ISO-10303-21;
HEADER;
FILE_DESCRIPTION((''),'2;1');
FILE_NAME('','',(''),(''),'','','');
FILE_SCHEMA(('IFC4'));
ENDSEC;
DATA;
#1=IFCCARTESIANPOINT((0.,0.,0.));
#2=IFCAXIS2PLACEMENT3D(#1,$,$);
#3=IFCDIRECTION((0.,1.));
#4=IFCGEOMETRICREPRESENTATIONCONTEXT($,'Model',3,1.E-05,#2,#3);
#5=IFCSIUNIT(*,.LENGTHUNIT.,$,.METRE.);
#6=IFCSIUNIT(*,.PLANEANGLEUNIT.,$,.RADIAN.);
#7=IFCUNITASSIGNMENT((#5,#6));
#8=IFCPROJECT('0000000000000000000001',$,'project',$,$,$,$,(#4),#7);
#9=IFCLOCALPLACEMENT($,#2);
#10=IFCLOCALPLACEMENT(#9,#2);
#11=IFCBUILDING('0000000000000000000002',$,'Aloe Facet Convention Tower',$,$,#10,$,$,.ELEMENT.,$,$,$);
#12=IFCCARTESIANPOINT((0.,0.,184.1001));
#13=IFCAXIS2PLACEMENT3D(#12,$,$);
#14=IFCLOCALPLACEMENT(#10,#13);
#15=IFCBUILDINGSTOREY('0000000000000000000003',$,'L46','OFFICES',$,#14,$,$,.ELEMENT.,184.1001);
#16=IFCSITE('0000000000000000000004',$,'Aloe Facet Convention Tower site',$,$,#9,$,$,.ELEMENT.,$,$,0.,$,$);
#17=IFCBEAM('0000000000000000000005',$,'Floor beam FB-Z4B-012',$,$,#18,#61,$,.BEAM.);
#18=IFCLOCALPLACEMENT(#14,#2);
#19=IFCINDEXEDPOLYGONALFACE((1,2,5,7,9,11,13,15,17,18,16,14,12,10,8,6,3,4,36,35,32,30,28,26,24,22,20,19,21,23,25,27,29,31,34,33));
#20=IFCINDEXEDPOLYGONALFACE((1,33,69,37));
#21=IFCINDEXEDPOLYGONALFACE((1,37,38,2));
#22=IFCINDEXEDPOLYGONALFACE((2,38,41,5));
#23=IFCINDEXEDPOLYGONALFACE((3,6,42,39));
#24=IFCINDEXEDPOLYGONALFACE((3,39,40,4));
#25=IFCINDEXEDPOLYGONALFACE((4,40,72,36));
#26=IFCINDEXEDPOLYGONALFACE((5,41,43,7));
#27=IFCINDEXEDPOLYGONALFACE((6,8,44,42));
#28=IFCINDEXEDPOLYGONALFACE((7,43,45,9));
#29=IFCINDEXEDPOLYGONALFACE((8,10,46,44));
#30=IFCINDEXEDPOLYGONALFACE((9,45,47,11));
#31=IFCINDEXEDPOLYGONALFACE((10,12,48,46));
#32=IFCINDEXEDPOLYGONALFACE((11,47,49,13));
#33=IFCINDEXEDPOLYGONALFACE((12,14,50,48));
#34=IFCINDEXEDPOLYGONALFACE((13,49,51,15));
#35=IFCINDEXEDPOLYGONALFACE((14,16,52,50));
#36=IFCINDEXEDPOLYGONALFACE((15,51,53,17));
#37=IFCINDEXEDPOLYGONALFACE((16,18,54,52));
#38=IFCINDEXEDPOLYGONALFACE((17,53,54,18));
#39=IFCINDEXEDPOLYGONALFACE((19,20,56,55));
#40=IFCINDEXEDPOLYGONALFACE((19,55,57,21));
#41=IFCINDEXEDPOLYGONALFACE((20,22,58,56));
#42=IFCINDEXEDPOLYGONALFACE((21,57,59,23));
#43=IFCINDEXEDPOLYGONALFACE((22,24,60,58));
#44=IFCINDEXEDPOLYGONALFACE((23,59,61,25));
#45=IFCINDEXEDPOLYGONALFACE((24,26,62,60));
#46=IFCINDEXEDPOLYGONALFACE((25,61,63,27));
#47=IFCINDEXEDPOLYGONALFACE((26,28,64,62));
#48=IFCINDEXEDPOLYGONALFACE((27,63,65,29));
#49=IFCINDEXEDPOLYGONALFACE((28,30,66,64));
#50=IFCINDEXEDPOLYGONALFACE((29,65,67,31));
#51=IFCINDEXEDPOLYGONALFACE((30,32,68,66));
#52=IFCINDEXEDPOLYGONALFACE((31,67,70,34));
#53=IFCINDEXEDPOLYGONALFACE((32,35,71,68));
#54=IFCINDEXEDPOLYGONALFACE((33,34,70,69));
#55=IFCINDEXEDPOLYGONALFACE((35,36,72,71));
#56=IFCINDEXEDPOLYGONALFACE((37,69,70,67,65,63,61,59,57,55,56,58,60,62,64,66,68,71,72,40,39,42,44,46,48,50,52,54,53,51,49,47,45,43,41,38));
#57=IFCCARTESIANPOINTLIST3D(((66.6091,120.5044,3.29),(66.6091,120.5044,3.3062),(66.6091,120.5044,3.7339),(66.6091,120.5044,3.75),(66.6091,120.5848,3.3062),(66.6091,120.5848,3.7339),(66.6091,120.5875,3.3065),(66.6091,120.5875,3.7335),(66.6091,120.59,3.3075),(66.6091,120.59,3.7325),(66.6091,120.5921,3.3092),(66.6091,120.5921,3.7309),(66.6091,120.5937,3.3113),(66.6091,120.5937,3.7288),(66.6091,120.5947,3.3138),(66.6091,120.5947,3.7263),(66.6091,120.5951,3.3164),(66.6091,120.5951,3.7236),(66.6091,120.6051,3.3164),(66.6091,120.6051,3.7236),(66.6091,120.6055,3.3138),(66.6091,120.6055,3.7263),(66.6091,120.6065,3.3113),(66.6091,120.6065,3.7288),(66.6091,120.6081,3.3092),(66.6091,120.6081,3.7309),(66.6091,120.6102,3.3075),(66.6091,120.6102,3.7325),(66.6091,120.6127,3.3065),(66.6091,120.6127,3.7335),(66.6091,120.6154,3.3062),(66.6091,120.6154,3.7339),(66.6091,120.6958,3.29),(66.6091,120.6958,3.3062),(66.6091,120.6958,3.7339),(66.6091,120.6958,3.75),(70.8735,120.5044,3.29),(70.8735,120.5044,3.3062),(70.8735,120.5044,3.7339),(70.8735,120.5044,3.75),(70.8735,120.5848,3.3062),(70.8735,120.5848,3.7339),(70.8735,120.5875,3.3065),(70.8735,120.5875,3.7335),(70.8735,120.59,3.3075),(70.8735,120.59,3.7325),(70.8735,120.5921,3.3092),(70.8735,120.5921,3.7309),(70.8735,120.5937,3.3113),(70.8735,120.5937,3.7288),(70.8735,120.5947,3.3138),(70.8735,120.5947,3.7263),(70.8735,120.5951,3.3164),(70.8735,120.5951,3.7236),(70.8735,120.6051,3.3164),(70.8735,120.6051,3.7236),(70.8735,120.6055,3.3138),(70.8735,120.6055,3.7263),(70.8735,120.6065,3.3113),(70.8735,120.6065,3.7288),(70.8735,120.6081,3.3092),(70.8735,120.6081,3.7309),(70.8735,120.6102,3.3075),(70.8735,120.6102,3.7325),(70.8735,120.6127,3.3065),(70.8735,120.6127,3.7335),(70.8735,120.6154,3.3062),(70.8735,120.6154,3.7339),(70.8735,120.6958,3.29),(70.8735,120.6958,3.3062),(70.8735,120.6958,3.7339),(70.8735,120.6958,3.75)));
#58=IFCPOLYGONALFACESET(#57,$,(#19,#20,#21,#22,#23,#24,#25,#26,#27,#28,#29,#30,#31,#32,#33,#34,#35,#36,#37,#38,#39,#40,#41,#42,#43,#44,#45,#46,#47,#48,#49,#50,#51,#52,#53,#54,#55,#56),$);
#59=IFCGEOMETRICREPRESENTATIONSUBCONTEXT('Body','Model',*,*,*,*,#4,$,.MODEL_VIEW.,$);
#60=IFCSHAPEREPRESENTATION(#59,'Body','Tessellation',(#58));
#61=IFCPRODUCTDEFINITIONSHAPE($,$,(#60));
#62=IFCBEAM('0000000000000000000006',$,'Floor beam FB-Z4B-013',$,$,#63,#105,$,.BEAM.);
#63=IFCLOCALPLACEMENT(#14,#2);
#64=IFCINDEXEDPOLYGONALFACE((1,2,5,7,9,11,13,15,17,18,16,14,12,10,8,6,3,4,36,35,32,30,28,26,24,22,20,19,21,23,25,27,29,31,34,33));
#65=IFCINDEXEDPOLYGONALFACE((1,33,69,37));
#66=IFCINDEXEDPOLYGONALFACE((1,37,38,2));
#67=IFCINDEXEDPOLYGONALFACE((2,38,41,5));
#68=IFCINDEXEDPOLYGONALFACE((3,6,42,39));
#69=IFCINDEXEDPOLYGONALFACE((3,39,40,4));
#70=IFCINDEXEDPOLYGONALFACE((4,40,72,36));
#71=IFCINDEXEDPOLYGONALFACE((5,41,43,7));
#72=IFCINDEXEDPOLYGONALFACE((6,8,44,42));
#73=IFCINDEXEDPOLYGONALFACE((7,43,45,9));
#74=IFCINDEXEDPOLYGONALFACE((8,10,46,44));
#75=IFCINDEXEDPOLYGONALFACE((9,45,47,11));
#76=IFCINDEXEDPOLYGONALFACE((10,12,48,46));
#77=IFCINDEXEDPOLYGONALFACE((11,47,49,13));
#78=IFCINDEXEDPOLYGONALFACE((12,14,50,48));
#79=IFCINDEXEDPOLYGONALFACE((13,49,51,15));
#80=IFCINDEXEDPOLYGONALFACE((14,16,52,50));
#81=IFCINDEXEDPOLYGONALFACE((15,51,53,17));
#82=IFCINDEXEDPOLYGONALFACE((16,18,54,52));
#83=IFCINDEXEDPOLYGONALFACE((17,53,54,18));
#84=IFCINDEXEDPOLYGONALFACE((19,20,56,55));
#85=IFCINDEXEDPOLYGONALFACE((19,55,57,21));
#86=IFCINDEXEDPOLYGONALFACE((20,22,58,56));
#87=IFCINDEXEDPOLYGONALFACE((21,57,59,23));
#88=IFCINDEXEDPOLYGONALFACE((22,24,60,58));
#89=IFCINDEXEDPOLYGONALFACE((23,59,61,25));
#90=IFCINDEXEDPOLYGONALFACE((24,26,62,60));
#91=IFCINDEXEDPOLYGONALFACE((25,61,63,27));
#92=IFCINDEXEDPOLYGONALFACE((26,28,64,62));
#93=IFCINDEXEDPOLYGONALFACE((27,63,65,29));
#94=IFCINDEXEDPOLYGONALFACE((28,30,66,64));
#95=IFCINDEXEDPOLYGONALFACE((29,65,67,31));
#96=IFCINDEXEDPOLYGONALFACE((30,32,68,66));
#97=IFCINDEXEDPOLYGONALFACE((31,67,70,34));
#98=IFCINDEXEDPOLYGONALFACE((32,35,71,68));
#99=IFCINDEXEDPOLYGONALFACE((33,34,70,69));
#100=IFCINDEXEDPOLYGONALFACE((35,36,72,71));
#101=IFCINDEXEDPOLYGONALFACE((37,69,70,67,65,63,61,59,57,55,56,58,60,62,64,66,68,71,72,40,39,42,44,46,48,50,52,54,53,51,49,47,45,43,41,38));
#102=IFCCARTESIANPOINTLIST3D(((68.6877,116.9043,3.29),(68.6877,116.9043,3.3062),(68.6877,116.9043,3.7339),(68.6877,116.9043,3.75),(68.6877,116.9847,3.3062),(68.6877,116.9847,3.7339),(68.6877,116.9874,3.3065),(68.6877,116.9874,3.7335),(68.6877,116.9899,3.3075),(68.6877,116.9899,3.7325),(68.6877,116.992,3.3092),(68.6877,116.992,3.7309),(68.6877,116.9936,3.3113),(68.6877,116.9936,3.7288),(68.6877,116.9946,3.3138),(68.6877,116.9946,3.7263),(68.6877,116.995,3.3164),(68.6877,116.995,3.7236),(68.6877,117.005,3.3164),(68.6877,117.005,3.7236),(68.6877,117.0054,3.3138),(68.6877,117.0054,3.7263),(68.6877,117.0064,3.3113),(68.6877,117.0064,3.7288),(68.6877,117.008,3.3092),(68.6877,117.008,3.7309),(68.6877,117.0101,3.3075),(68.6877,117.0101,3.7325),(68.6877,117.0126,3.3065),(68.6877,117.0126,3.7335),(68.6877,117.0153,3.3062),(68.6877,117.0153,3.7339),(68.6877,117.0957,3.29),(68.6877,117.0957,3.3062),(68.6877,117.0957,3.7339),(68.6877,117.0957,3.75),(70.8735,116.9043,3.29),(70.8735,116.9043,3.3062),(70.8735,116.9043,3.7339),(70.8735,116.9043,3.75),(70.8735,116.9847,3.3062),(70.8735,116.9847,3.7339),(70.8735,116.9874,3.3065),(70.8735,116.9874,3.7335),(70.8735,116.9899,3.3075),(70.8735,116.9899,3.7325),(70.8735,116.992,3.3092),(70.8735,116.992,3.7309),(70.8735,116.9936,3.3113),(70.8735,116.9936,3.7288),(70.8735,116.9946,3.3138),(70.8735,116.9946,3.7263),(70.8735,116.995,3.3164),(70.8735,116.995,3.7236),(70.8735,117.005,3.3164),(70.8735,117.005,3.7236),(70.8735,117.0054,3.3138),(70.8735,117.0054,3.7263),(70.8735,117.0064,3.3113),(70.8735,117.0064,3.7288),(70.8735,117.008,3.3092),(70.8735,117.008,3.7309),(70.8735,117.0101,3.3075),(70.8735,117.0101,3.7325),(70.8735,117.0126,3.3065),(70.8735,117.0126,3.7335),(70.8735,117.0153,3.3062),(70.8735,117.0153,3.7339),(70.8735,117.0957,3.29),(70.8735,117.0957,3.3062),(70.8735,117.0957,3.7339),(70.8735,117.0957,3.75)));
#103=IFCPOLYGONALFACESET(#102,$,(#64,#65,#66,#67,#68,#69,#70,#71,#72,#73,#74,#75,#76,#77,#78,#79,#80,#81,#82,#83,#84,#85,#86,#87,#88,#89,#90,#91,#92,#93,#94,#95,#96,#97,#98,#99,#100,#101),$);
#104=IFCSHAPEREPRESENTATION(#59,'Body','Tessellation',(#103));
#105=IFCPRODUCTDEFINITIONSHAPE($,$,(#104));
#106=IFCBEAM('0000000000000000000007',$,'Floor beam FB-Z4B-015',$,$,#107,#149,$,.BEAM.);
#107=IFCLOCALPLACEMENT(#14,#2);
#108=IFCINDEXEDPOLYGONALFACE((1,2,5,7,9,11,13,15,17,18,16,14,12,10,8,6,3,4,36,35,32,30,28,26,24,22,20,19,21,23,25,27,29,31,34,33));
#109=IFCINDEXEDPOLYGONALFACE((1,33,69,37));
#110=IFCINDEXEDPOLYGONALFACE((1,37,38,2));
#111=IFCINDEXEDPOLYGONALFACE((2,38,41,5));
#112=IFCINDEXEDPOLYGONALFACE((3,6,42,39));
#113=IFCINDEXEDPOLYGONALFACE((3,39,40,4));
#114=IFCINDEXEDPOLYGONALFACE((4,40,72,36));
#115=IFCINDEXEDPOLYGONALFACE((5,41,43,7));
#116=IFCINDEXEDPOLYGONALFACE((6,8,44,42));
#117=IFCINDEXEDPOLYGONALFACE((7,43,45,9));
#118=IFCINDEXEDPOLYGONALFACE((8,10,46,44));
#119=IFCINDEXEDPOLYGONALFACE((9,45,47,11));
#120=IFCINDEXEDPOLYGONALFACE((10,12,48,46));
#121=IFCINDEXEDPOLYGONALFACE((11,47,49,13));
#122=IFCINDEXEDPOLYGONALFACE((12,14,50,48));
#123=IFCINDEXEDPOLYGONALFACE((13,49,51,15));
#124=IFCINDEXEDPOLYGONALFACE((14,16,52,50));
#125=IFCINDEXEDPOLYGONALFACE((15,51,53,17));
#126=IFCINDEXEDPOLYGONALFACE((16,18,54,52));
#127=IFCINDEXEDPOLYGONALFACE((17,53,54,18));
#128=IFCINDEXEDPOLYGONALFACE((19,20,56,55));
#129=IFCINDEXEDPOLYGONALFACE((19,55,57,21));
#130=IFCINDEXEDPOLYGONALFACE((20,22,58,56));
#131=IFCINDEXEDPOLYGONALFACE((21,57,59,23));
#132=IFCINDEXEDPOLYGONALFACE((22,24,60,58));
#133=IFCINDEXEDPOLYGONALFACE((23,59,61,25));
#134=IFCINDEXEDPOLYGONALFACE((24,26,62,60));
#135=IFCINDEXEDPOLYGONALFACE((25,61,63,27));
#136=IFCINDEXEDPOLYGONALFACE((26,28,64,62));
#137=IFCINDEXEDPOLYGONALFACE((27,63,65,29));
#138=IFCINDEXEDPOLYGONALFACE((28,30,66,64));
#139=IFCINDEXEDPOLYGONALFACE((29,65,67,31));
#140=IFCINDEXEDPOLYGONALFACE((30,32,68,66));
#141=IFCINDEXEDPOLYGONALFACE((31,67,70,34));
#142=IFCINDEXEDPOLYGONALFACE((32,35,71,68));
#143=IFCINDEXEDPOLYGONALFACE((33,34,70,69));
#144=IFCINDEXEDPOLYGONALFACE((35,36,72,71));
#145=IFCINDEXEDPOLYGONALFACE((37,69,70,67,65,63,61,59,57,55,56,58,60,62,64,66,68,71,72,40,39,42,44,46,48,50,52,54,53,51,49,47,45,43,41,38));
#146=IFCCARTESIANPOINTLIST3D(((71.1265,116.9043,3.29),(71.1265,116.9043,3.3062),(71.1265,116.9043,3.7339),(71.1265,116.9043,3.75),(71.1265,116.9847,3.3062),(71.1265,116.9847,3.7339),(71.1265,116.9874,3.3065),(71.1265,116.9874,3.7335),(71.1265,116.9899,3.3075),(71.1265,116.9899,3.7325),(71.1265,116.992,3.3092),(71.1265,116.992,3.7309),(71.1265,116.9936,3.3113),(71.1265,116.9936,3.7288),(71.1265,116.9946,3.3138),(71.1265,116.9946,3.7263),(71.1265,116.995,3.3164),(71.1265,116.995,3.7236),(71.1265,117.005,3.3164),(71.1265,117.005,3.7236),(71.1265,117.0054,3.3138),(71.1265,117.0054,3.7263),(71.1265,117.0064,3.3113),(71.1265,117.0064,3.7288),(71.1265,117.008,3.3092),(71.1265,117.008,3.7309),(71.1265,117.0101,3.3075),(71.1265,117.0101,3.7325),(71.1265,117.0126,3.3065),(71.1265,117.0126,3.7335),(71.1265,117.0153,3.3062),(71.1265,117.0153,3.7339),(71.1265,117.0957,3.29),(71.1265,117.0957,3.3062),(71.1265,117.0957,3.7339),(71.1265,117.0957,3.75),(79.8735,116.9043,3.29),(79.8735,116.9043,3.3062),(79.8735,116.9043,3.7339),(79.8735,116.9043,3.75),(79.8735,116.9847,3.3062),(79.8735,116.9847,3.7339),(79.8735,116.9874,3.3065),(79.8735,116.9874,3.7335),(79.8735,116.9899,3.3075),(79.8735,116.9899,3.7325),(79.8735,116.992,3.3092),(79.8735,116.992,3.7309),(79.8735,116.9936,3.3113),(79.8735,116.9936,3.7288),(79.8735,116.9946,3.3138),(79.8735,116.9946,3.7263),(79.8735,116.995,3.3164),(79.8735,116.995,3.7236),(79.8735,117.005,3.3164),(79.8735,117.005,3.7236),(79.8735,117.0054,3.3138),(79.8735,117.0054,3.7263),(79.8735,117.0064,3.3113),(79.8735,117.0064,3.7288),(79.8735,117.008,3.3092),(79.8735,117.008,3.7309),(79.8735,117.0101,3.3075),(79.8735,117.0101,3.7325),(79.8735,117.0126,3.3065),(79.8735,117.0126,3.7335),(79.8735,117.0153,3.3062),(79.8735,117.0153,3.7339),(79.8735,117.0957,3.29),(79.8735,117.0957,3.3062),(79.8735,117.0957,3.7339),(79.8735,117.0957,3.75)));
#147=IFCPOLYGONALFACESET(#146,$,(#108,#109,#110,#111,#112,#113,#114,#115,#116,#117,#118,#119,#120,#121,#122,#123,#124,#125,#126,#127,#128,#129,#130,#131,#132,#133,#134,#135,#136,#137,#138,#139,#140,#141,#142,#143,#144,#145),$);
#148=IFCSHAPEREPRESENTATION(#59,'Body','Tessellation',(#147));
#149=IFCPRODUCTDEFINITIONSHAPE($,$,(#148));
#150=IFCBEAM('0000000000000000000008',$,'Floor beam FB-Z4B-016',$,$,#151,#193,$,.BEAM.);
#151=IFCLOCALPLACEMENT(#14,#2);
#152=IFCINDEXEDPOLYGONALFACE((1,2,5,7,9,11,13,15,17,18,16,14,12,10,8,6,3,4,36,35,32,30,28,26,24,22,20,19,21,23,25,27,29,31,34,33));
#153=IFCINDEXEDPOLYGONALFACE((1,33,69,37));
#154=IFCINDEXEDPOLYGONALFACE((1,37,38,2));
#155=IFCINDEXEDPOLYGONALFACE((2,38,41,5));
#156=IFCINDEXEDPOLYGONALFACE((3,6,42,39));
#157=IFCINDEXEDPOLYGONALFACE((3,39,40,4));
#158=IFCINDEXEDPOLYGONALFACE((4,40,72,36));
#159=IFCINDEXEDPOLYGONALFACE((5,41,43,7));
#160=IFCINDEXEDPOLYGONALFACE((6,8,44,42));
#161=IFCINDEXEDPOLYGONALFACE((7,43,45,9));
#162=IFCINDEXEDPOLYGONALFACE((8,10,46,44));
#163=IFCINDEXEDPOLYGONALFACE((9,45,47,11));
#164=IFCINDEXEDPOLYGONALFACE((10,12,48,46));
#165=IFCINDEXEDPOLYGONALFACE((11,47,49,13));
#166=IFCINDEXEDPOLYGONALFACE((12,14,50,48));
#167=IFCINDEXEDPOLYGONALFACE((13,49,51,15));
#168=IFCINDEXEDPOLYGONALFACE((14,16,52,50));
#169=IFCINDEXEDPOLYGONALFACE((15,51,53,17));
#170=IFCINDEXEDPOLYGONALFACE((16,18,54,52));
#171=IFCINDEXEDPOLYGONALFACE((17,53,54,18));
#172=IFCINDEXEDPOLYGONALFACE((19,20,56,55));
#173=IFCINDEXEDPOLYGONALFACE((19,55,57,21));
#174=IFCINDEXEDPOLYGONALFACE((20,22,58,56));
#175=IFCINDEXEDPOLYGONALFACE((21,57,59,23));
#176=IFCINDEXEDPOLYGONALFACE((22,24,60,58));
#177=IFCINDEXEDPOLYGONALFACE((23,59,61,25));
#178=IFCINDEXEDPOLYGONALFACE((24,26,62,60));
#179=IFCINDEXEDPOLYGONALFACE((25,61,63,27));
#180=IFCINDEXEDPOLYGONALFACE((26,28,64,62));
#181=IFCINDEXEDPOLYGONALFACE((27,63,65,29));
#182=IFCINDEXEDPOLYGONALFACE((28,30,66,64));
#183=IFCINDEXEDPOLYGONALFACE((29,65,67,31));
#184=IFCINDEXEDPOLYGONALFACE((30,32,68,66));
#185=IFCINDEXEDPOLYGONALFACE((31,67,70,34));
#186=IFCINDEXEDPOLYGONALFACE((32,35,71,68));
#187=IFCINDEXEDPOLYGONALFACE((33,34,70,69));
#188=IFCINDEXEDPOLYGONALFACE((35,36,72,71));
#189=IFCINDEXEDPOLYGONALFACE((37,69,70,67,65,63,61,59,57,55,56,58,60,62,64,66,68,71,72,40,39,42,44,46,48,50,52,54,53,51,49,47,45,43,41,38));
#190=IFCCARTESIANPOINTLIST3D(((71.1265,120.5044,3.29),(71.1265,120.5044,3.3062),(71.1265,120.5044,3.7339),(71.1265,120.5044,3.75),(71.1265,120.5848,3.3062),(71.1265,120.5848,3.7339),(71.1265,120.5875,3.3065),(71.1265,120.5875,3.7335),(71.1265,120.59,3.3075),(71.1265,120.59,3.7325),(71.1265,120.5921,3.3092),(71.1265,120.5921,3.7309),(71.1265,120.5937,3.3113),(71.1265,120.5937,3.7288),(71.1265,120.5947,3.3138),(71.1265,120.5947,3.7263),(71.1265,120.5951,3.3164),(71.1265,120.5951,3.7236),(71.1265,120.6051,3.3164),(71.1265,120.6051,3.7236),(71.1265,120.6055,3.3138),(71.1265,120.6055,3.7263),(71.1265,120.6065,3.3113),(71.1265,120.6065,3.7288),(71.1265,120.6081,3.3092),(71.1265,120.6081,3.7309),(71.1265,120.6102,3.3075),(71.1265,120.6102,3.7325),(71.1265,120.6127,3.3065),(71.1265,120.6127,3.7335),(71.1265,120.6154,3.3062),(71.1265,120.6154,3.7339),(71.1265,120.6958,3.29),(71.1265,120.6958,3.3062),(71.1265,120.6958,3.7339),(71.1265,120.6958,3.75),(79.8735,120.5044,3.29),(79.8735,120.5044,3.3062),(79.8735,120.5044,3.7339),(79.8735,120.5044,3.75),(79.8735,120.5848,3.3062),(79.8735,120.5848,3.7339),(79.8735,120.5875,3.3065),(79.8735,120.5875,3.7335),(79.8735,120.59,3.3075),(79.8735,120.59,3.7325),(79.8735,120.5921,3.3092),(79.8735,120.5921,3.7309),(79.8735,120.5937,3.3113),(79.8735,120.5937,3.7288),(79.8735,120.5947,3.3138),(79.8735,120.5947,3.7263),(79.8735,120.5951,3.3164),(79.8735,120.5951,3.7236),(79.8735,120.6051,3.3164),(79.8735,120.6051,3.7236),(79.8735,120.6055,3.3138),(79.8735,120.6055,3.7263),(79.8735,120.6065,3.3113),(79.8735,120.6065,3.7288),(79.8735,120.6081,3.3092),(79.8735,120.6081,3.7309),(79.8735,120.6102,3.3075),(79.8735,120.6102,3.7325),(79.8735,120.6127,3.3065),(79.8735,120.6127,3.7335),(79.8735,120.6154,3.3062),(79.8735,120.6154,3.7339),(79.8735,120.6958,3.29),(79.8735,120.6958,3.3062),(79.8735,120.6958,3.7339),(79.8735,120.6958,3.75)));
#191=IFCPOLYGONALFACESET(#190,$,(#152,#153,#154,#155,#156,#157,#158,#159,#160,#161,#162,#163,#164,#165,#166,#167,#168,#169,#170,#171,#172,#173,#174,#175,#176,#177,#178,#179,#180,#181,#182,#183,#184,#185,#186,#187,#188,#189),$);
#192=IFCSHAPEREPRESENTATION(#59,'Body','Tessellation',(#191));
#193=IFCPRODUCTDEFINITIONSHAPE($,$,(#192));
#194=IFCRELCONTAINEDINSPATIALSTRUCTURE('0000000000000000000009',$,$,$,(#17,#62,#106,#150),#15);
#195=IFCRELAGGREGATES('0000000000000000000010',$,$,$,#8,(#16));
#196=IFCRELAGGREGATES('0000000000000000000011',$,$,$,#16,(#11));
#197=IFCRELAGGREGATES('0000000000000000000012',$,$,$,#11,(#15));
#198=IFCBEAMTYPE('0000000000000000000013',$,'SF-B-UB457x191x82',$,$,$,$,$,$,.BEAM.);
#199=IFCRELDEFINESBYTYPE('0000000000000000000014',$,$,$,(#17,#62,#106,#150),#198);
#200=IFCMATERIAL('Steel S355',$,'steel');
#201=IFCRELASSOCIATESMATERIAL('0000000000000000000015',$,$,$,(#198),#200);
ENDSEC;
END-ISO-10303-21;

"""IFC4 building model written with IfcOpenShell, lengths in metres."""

from ifc_helpers import new_model, si_unit, direction, frame, origin, origin_2d, place, context, subcontext, project, spatial, i_section, extrude, material, material_profile, profile_set, type_object, element, save


model = new_model("IFC4")

# Units and contexts
model_context = context("Model", 3, precision=1e-05, world=origin(), true_north=direction((0.0, 1.0)))
body_context = subcontext(model_context, "Body", "Model", "MODEL_VIEW")
ifc_project = project(units=[si_unit("LENGTHUNIT", "METRE"), si_unit("PLANEANGLEUNIT", "RADIAN")], contexts=[model_context])

# Site, building, storey
site_placement = place(None, origin())
site = spatial("IfcSite", under=ifc_project, at=site_placement, Name="Aloe Facet Convention Tower site", CompositionType="ELEMENT", RefElevation=0.0)
building_placement = place(site_placement, origin())
building = spatial("IfcBuilding", under=site, at=building_placement, Name="Aloe Facet Convention Tower", CompositionType="ELEMENT")
storey_placement = place(building_placement, frame((0.0, 0.0, 184.1001)))
storey = spatial("IfcBuildingStorey", under=building, at=storey_placement, Name="L46", Description="OFFICES", CompositionType="ELEMENT", Elevation=184.1001)

# Beams
ifc_material_1 = material(Name="Steel S355", Category="steel")
ifc_material_profile_1 = material_profile(ifc_material_1, i_section(OverallWidth=0.1914, OverallDepth=0.46, WebThickness=0.01, FlangeThickness=0.0161, FilletRadius=0.0103, at=origin_2d()), Name="UB 457x191x82")
ifc_profile_set_1 = profile_set([ifc_material_profile_1], Name="Steel S355")
beam_type_1 = type_object("IfcBeamType", Name="SF-B-UB457x191x82", PredefinedType="BEAM", material=ifc_profile_set_1)
beam_1_placement = place(storey_placement, frame((66.6091, 120.6001, 3.52), z_axis=(1.0, 0.0, 0.0), x_axis=(0.0, 1.0, 0.0)))
element("IfcBeam", 1, at=beam_1_placement, inside=storey, type_object=beam_type_1, Name="Floor beam FB-Z4B-012", PredefinedType="BEAM", context=body_context, shape_type="SweptSolid", body=[
    extrude(i_section(OverallWidth=0.1914, OverallDepth=0.46, WebThickness=0.01, FlangeThickness=0.0161, FilletRadius=0.0103, at=origin_2d()), origin(), (0.0, 0.0, 1.0), 4.2644),
])
beam_2_placement = place(storey_placement, frame((68.6877, 117.0, 3.52), z_axis=(1.0, 0.0, 0.0), x_axis=(0.0, 1.0, 0.0)))
element("IfcBeam", 2, at=beam_2_placement, inside=storey, type_object=beam_type_1, Name="Floor beam FB-Z4B-013", PredefinedType="BEAM", context=body_context, shape_type="SweptSolid", body=[
    extrude(i_section(OverallWidth=0.1914, OverallDepth=0.46, WebThickness=0.01, FlangeThickness=0.0161, FilletRadius=0.0103, at=origin_2d()), origin(), (0.0, 0.0, 1.0), 2.1858),
])
for number, where, z_axis, x_axis, name in (
    (3, (71.1265, 117.0, 3.52), (1.0, 0.0, 0.0), (0.0, 1.0, 0.0), "Floor beam FB-Z4B-015"),
    (4, (71.1265, 120.6001, 3.52), (1.0, 0.0, 0.0), (0.0, 1.0, 0.0), "Floor beam FB-Z4B-016"),
):
    element("IfcBeam", number, at=place(storey_placement, frame(where, z_axis=z_axis, x_axis=x_axis)), inside=storey, type_object=beam_type_1, Name=name, PredefinedType="BEAM", context=body_context, shape_type="SweptSolid", body=[
        extrude(i_section(OverallWidth=0.1914, OverallDepth=0.46, WebThickness=0.01, FlangeThickness=0.0161, FilletRadius=0.0103, at=origin_2d()), origin(), (0.0, 0.0, 1.0), 8.7471),
    ])

save(model, "model.ifc")
